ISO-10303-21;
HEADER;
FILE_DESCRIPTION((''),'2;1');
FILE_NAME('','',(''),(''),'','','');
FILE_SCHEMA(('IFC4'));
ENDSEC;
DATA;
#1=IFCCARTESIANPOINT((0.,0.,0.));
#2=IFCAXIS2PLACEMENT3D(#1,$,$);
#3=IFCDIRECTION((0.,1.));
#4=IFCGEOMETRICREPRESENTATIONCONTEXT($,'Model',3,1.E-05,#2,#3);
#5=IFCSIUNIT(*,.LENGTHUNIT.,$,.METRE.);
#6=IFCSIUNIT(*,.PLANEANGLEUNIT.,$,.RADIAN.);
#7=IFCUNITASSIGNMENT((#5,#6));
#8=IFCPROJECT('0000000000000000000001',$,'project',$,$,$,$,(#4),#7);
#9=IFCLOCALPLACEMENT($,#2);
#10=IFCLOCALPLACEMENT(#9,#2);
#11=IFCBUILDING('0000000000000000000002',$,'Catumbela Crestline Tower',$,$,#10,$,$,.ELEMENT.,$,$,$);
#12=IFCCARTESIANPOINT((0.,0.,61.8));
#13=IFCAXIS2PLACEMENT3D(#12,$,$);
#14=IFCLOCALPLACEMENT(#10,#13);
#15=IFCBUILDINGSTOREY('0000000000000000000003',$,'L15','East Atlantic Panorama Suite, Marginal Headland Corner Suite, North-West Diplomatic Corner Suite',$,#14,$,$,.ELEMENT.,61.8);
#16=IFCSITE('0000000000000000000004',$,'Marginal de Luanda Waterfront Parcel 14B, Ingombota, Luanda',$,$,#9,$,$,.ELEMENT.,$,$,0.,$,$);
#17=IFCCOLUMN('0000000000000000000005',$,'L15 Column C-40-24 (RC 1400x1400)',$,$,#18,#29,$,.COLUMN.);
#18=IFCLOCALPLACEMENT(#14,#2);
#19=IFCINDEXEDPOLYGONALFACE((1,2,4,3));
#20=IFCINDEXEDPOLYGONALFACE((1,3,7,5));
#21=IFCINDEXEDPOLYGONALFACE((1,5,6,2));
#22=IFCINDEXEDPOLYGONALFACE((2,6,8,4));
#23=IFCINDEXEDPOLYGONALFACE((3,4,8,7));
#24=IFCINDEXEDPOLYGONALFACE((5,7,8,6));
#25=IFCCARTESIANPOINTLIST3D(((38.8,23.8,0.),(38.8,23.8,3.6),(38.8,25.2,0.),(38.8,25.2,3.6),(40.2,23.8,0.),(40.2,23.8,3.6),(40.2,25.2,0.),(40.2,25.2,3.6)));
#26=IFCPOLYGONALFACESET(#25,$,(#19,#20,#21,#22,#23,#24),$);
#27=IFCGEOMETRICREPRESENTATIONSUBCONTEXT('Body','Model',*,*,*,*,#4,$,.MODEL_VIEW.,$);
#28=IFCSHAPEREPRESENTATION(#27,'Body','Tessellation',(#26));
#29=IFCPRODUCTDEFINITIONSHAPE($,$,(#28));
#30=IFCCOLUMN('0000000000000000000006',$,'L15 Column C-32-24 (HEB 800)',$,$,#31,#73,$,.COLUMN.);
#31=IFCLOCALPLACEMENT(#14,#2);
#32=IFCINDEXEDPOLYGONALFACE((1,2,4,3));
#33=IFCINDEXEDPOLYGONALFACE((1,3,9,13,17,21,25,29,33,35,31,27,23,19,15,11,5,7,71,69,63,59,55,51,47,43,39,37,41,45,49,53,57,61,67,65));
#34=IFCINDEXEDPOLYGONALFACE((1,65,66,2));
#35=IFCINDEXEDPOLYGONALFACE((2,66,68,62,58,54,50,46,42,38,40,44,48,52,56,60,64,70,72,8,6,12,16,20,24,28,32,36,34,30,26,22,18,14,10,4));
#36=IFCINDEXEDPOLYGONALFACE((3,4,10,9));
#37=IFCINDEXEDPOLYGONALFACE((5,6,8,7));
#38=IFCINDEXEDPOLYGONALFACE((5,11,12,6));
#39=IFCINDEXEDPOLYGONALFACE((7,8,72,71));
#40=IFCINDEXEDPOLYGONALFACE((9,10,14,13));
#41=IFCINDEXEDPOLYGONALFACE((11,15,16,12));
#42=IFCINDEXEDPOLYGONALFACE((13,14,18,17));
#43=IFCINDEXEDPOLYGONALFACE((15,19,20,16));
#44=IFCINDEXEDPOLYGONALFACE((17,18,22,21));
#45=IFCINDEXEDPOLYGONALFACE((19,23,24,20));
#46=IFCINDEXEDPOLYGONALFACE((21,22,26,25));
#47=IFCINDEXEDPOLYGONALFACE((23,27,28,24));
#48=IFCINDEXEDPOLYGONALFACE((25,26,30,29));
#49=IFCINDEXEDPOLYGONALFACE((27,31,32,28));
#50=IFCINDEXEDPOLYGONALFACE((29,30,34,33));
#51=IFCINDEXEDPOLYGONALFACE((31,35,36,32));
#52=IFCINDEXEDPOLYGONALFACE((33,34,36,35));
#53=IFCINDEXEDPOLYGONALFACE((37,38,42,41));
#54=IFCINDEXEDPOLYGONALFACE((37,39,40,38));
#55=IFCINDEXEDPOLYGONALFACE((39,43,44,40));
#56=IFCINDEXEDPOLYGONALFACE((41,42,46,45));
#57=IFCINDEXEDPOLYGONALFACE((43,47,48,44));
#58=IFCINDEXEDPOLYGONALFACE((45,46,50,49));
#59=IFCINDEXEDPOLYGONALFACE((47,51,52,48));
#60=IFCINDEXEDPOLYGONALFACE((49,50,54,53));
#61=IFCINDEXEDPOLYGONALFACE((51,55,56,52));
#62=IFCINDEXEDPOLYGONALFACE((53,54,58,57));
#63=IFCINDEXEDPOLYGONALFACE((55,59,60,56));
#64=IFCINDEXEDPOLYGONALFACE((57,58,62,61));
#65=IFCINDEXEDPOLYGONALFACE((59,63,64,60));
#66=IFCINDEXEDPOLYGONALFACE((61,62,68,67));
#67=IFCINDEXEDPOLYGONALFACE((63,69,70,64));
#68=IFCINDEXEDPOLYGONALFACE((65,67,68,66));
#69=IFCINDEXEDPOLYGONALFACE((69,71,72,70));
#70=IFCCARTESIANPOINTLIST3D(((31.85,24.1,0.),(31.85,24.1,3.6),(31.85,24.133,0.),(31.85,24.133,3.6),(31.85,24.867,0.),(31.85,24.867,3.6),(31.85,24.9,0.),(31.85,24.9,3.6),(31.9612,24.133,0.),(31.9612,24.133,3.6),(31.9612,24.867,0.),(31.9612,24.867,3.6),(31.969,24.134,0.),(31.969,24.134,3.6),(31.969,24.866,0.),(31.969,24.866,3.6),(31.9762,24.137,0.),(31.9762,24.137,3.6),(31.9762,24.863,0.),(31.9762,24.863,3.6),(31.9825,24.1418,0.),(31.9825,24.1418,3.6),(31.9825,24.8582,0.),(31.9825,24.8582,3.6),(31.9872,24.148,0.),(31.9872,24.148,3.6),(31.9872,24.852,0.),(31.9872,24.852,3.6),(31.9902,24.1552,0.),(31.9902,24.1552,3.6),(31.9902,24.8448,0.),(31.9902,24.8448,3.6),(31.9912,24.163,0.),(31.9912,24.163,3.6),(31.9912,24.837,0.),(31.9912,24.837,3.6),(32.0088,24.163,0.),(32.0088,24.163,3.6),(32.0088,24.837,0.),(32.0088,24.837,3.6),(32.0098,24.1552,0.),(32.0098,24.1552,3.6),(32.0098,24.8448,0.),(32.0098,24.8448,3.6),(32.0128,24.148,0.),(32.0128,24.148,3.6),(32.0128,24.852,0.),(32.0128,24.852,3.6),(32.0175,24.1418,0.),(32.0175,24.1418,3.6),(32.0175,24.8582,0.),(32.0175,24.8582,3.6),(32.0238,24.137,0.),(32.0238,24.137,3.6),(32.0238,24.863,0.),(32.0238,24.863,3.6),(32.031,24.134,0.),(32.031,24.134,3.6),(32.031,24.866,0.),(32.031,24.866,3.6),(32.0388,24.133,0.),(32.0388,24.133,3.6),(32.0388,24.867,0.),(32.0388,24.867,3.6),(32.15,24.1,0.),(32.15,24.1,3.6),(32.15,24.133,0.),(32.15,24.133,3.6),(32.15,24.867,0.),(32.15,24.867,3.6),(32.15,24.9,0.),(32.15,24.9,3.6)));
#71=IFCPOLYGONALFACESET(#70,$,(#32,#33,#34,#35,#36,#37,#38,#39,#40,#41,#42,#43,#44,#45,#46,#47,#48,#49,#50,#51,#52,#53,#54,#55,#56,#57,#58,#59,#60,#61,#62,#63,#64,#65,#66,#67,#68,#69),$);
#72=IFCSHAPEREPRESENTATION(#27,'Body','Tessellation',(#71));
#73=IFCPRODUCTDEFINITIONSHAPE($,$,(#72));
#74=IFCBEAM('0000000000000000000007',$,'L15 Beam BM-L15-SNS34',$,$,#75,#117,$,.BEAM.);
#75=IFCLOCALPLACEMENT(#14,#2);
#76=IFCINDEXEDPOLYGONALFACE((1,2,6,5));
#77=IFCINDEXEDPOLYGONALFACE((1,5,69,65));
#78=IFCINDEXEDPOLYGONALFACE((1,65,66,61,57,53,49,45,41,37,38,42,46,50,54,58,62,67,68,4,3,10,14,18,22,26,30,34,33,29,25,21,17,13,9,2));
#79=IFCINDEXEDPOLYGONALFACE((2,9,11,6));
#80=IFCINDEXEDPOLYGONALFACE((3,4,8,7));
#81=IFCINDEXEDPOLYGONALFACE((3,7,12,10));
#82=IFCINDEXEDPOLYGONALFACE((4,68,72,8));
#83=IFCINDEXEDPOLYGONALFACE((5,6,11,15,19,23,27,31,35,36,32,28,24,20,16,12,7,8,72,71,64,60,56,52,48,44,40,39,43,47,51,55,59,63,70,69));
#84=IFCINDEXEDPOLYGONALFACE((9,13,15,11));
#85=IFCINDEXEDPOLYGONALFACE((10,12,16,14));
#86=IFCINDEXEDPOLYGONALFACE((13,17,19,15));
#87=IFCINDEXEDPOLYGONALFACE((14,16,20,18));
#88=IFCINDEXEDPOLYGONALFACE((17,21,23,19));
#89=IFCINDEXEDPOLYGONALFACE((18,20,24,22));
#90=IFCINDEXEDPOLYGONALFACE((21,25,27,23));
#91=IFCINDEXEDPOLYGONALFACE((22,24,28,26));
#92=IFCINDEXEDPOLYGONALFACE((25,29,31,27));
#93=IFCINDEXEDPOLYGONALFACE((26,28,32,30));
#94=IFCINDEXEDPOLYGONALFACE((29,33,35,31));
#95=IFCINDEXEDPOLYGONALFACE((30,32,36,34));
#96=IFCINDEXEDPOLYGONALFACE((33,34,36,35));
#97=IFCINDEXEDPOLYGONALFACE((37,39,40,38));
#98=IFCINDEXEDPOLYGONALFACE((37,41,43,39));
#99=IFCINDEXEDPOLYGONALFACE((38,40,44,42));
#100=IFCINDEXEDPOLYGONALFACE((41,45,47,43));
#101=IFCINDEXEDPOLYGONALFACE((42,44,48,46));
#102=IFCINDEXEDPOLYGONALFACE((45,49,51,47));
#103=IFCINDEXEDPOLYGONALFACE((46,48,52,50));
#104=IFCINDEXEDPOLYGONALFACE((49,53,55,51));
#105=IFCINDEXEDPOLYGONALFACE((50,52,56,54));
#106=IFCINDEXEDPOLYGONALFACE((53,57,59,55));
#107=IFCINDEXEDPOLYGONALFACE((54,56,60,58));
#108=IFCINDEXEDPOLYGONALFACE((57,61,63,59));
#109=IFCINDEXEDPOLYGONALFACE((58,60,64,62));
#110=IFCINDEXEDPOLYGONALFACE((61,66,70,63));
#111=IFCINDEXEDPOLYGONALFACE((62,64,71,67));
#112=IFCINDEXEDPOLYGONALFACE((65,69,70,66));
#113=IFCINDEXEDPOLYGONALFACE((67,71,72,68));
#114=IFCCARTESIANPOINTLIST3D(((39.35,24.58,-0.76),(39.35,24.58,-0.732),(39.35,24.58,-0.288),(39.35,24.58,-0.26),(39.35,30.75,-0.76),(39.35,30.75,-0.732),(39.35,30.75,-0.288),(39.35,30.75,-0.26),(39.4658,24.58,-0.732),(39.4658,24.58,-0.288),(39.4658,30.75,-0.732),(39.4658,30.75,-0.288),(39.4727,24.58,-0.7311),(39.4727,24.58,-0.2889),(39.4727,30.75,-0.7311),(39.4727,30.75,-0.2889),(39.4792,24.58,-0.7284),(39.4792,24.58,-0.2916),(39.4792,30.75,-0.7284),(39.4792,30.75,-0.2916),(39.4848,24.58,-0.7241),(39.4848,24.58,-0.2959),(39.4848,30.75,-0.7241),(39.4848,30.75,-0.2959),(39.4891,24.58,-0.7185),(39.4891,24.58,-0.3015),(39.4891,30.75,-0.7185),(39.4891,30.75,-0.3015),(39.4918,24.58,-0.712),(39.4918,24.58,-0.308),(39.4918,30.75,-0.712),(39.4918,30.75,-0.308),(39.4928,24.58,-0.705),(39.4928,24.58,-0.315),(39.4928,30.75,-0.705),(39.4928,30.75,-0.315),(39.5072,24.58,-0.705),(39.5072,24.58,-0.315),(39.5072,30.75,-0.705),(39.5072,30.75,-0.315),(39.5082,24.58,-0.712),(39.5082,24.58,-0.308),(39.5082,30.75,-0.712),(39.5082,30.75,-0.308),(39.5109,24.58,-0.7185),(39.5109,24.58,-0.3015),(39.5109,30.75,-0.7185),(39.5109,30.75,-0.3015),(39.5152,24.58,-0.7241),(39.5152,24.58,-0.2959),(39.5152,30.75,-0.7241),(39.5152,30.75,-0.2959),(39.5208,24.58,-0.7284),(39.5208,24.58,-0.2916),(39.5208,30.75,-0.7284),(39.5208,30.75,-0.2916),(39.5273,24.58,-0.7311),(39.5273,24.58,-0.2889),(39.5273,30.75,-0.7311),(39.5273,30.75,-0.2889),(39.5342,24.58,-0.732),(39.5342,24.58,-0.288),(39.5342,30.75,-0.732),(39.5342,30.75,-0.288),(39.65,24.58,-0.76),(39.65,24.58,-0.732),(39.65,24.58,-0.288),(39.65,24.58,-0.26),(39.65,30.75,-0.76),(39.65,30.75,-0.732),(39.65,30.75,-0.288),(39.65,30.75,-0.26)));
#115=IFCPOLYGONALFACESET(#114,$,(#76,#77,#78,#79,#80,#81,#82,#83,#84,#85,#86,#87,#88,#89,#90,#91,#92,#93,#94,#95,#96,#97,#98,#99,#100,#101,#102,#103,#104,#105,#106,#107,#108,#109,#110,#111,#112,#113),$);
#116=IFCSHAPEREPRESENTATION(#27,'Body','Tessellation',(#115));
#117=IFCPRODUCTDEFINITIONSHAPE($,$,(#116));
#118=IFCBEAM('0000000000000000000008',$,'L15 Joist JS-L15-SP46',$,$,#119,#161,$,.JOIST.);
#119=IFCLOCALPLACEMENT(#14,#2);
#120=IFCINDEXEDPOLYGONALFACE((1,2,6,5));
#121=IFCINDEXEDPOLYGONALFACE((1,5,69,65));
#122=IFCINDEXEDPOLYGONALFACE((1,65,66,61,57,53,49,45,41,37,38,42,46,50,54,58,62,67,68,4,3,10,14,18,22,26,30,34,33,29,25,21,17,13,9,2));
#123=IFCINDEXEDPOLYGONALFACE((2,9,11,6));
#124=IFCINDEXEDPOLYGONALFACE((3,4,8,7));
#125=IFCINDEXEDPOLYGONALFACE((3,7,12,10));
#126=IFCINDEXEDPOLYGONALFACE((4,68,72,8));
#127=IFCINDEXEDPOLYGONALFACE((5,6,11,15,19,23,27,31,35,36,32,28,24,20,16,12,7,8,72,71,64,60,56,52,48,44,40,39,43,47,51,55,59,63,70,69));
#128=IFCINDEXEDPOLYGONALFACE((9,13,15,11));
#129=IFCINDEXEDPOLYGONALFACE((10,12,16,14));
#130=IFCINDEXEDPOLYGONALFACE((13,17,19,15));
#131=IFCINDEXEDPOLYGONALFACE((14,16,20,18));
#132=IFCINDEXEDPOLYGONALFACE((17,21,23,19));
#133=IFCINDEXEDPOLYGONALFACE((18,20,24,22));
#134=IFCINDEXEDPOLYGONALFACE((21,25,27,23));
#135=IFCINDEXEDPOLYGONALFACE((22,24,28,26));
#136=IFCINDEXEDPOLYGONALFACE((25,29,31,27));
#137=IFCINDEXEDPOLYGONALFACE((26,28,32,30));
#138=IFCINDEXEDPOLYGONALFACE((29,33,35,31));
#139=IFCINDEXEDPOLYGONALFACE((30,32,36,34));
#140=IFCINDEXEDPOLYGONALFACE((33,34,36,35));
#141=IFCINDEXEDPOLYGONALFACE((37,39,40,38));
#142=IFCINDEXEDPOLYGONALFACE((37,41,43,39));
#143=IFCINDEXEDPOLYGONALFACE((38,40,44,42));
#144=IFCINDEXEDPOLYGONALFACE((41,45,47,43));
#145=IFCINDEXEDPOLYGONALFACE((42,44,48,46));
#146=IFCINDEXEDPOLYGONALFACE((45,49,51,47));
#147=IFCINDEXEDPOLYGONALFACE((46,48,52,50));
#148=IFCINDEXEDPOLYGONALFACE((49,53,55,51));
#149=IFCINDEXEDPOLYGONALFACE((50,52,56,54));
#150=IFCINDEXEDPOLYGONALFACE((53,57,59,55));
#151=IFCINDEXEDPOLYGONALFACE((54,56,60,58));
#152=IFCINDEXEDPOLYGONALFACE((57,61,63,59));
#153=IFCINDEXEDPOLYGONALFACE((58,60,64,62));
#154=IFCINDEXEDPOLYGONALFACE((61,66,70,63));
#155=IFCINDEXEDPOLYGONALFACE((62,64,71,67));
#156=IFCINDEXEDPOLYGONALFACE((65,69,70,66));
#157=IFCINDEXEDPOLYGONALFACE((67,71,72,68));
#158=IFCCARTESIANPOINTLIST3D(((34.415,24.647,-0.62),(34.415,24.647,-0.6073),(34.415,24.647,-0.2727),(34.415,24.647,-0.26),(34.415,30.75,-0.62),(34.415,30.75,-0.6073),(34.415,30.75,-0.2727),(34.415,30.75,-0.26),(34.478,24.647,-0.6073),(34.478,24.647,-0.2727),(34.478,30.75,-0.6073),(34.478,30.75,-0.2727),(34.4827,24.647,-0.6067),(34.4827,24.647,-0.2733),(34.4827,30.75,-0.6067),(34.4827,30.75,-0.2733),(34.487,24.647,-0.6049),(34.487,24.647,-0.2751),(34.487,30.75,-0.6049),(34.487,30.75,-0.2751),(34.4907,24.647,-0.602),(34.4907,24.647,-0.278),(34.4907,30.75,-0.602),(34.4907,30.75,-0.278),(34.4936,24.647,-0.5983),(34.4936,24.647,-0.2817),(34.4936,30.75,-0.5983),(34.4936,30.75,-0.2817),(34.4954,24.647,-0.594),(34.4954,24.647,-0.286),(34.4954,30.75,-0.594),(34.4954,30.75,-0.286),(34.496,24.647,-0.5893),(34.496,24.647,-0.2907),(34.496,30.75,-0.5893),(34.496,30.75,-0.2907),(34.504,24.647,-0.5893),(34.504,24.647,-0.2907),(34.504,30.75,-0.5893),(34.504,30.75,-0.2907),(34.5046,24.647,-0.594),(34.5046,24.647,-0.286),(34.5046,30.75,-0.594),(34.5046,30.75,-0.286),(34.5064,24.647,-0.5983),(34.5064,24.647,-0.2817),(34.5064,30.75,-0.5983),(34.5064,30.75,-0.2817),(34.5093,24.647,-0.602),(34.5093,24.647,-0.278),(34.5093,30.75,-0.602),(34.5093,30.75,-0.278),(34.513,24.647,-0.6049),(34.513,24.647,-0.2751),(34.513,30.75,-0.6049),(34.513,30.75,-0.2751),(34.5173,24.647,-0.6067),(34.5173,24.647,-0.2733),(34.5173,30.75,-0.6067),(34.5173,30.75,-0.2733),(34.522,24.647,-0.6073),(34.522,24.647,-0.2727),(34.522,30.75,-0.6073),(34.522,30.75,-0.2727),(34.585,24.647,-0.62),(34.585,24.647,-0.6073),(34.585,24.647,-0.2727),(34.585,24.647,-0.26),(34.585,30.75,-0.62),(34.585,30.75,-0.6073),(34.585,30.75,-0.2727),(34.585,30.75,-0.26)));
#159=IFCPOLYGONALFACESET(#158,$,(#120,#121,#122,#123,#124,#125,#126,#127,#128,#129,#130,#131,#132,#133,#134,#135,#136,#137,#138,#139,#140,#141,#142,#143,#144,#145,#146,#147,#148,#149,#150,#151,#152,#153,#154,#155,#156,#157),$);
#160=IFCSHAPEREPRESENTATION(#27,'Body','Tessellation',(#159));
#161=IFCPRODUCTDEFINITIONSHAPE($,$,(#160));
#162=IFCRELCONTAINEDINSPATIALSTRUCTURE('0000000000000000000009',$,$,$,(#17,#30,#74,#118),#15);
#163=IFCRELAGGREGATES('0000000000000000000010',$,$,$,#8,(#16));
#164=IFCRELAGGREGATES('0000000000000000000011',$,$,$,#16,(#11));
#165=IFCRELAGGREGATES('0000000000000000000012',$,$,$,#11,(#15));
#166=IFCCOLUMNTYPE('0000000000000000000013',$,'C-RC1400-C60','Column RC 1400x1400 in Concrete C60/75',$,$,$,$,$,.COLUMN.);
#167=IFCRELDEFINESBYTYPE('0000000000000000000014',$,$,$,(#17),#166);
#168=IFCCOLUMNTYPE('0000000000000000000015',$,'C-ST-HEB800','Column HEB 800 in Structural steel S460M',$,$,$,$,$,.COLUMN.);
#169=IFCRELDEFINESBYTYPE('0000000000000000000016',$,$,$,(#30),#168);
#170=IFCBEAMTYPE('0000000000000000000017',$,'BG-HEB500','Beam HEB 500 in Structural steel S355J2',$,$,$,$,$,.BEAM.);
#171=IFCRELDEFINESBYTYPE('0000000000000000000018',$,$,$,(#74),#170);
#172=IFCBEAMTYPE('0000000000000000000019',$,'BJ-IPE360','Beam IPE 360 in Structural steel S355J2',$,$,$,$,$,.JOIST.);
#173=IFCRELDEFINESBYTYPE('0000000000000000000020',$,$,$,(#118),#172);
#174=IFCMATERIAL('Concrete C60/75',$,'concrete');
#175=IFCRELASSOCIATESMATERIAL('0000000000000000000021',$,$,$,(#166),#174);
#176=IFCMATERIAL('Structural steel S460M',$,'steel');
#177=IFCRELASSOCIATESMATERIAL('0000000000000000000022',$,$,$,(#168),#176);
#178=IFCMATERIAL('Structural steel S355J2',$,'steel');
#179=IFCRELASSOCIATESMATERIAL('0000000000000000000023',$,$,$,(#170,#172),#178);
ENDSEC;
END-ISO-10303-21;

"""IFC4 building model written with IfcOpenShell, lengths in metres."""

from ifc_helpers import new_model, si_unit, direction, frame, origin, origin_2d, place, context, subcontext, project, spatial, rectangle, i_section, extrude, material, material_profile, profile_set, type_object, element, save


model = new_model("IFC4")

# Units and contexts
model_context = context("Model", 3, precision=1e-05, world=origin(), true_north=direction((0.0, 1.0)))
body_context = subcontext(model_context, "Body", "Model", "MODEL_VIEW")
ifc_project = project(units=[si_unit("LENGTHUNIT", "METRE"), si_unit("PLANEANGLEUNIT", "RADIAN")], contexts=[model_context])

# Site, building, storey
site_placement = place(None, origin())
site = spatial("IfcSite", under=ifc_project, at=site_placement, Name="Marginal de Luanda Waterfront Parcel 14B, Ingombota, Luanda", CompositionType="ELEMENT", RefElevation=0.0)
building_placement = place(site_placement, origin())
building = spatial("IfcBuilding", under=site, at=building_placement, Name="Catumbela Crestline Tower", CompositionType="ELEMENT")
storey_placement = place(building_placement, frame((0.0, 0.0, 61.8)))
storey = spatial("IfcBuildingStorey", under=building, at=storey_placement, Name="L15", Description="East Atlantic Panorama Suite, Marginal Headland Corner Suite, North-West Diplomatic Corner Suite", CompositionType="ELEMENT", Elevation=61.8)

# Columns
ifc_material_1 = material(Name="Concrete C60/75", Category="concrete")
ifc_material_profile_1 = material_profile(ifc_material_1, rectangle(XDim=1.4, YDim=1.4, at=origin_2d()), Name="RC 1400x1400")
ifc_profile_set_1 = profile_set([ifc_material_profile_1], Name="Concrete C60/75")
column_type_1 = type_object("IfcColumnType", Name="C-RC1400-C60", Description="Column RC 1400x1400 in Concrete C60/75", PredefinedType="COLUMN", material=ifc_profile_set_1)
column_1_placement = place(storey_placement, frame((39.5, 24.5, 0.0), z_axis=(0.0, 0.0, 1.0), x_axis=(1.0, 0.0, 0.0)))
element("IfcColumn", 1, at=column_1_placement, inside=storey, type_object=column_type_1, Name="L15 Column C-40-24 (RC 1400x1400)", PredefinedType="COLUMN", context=body_context, shape_type="SweptSolid", body=[
    extrude(rectangle(XDim=1.4, YDim=1.4, at=origin_2d()), origin(), (0.0, 0.0, 1.0), 3.6),
])
ifc_material_2 = material(Name="Structural steel S460M", Category="steel")
ifc_material_profile_2 = material_profile(ifc_material_2, i_section(OverallWidth=0.3, OverallDepth=0.8, WebThickness=0.0175, FlangeThickness=0.033, FilletRadius=0.03, at=origin_2d()), Name="HEB 800")
ifc_profile_set_2 = profile_set([ifc_material_profile_2], Name="Structural steel S460M")
column_type_2 = type_object("IfcColumnType", Name="C-ST-HEB800", Description="Column HEB 800 in Structural steel S460M", PredefinedType="COLUMN", material=ifc_profile_set_2)
column_2_placement = place(storey_placement, frame((32.0, 24.5, 0.0), z_axis=(0.0, 0.0, 1.0), x_axis=(1.0, 0.0, 0.0)))
element("IfcColumn", 2, at=column_2_placement, inside=storey, type_object=column_type_2, Name="L15 Column C-32-24 (HEB 800)", PredefinedType="COLUMN", context=body_context, shape_type="SweptSolid", body=[
    extrude(i_section(OverallWidth=0.3, OverallDepth=0.8, WebThickness=0.0175, FlangeThickness=0.033, FilletRadius=0.03, at=origin_2d()), origin(), (0.0, 0.0, 1.0), 3.6),
])

# Beams
ifc_material_3 = material(Name="Structural steel S355J2", Category="steel")
ifc_material_profile_3 = material_profile(ifc_material_3, i_section(OverallWidth=0.3, OverallDepth=0.5, WebThickness=0.0145, FlangeThickness=0.028, FilletRadius=0.027, at=origin_2d()), Name="HEB 500")
ifc_profile_set_3 = profile_set([ifc_material_profile_3], Name="Structural steel S355J2")
beam_type_1 = type_object("IfcBeamType", Name="BG-HEB500", Description="Beam HEB 500 in Structural steel S355J2", PredefinedType="BEAM", material=ifc_profile_set_3)
beam_1_placement = place(storey_placement, frame((39.5, 24.58, -0.51), z_axis=(0.0, 1.0, 0.0), x_axis=(-1.0, 0.0, 0.0)))
element("IfcBeam", 3, at=beam_1_placement, inside=storey, type_object=beam_type_1, Name="L15 Beam BM-L15-SNS34", PredefinedType="BEAM", context=body_context, shape_type="SweptSolid", body=[
    extrude(i_section(OverallWidth=0.3, OverallDepth=0.5, WebThickness=0.0145, FlangeThickness=0.028, FilletRadius=0.027, at=origin_2d()), origin(), (0.0, 0.0, 1.0), 6.17),
])
ifc_material_profile_4 = material_profile(ifc_material_3, i_section(OverallWidth=0.17, OverallDepth=0.36, WebThickness=0.008, FlangeThickness=0.0127, FilletRadius=0.018, at=origin_2d()), Name="IPE 360")
ifc_profile_set_4 = profile_set([ifc_material_profile_4], Name="Structural steel S355J2")
beam_type_2 = type_object("IfcBeamType", Name="BJ-IPE360", Description="Beam IPE 360 in Structural steel S355J2", PredefinedType="JOIST", material=ifc_profile_set_4)
for number, where, z_axis, x_axis, name in (
    (4, (34.5, 24.647, -0.44), (0.0, 1.0, 0.0), (-1.0, 0.0, 0.0), "L15 Joist JS-L15-SP46"),
):
    element("IfcBeam", number, at=place(storey_placement, frame(where, z_axis=z_axis, x_axis=x_axis)), inside=storey, type_object=beam_type_2, Name=name, PredefinedType="JOIST", context=body_context, shape_type="SweptSolid", body=[
        extrude(i_section(OverallWidth=0.17, OverallDepth=0.36, WebThickness=0.008, FlangeThickness=0.0127, FilletRadius=0.018, at=origin_2d()), origin(), (0.0, 0.0, 1.0), 6.103),
    ])

save(model, "model.ifc")
